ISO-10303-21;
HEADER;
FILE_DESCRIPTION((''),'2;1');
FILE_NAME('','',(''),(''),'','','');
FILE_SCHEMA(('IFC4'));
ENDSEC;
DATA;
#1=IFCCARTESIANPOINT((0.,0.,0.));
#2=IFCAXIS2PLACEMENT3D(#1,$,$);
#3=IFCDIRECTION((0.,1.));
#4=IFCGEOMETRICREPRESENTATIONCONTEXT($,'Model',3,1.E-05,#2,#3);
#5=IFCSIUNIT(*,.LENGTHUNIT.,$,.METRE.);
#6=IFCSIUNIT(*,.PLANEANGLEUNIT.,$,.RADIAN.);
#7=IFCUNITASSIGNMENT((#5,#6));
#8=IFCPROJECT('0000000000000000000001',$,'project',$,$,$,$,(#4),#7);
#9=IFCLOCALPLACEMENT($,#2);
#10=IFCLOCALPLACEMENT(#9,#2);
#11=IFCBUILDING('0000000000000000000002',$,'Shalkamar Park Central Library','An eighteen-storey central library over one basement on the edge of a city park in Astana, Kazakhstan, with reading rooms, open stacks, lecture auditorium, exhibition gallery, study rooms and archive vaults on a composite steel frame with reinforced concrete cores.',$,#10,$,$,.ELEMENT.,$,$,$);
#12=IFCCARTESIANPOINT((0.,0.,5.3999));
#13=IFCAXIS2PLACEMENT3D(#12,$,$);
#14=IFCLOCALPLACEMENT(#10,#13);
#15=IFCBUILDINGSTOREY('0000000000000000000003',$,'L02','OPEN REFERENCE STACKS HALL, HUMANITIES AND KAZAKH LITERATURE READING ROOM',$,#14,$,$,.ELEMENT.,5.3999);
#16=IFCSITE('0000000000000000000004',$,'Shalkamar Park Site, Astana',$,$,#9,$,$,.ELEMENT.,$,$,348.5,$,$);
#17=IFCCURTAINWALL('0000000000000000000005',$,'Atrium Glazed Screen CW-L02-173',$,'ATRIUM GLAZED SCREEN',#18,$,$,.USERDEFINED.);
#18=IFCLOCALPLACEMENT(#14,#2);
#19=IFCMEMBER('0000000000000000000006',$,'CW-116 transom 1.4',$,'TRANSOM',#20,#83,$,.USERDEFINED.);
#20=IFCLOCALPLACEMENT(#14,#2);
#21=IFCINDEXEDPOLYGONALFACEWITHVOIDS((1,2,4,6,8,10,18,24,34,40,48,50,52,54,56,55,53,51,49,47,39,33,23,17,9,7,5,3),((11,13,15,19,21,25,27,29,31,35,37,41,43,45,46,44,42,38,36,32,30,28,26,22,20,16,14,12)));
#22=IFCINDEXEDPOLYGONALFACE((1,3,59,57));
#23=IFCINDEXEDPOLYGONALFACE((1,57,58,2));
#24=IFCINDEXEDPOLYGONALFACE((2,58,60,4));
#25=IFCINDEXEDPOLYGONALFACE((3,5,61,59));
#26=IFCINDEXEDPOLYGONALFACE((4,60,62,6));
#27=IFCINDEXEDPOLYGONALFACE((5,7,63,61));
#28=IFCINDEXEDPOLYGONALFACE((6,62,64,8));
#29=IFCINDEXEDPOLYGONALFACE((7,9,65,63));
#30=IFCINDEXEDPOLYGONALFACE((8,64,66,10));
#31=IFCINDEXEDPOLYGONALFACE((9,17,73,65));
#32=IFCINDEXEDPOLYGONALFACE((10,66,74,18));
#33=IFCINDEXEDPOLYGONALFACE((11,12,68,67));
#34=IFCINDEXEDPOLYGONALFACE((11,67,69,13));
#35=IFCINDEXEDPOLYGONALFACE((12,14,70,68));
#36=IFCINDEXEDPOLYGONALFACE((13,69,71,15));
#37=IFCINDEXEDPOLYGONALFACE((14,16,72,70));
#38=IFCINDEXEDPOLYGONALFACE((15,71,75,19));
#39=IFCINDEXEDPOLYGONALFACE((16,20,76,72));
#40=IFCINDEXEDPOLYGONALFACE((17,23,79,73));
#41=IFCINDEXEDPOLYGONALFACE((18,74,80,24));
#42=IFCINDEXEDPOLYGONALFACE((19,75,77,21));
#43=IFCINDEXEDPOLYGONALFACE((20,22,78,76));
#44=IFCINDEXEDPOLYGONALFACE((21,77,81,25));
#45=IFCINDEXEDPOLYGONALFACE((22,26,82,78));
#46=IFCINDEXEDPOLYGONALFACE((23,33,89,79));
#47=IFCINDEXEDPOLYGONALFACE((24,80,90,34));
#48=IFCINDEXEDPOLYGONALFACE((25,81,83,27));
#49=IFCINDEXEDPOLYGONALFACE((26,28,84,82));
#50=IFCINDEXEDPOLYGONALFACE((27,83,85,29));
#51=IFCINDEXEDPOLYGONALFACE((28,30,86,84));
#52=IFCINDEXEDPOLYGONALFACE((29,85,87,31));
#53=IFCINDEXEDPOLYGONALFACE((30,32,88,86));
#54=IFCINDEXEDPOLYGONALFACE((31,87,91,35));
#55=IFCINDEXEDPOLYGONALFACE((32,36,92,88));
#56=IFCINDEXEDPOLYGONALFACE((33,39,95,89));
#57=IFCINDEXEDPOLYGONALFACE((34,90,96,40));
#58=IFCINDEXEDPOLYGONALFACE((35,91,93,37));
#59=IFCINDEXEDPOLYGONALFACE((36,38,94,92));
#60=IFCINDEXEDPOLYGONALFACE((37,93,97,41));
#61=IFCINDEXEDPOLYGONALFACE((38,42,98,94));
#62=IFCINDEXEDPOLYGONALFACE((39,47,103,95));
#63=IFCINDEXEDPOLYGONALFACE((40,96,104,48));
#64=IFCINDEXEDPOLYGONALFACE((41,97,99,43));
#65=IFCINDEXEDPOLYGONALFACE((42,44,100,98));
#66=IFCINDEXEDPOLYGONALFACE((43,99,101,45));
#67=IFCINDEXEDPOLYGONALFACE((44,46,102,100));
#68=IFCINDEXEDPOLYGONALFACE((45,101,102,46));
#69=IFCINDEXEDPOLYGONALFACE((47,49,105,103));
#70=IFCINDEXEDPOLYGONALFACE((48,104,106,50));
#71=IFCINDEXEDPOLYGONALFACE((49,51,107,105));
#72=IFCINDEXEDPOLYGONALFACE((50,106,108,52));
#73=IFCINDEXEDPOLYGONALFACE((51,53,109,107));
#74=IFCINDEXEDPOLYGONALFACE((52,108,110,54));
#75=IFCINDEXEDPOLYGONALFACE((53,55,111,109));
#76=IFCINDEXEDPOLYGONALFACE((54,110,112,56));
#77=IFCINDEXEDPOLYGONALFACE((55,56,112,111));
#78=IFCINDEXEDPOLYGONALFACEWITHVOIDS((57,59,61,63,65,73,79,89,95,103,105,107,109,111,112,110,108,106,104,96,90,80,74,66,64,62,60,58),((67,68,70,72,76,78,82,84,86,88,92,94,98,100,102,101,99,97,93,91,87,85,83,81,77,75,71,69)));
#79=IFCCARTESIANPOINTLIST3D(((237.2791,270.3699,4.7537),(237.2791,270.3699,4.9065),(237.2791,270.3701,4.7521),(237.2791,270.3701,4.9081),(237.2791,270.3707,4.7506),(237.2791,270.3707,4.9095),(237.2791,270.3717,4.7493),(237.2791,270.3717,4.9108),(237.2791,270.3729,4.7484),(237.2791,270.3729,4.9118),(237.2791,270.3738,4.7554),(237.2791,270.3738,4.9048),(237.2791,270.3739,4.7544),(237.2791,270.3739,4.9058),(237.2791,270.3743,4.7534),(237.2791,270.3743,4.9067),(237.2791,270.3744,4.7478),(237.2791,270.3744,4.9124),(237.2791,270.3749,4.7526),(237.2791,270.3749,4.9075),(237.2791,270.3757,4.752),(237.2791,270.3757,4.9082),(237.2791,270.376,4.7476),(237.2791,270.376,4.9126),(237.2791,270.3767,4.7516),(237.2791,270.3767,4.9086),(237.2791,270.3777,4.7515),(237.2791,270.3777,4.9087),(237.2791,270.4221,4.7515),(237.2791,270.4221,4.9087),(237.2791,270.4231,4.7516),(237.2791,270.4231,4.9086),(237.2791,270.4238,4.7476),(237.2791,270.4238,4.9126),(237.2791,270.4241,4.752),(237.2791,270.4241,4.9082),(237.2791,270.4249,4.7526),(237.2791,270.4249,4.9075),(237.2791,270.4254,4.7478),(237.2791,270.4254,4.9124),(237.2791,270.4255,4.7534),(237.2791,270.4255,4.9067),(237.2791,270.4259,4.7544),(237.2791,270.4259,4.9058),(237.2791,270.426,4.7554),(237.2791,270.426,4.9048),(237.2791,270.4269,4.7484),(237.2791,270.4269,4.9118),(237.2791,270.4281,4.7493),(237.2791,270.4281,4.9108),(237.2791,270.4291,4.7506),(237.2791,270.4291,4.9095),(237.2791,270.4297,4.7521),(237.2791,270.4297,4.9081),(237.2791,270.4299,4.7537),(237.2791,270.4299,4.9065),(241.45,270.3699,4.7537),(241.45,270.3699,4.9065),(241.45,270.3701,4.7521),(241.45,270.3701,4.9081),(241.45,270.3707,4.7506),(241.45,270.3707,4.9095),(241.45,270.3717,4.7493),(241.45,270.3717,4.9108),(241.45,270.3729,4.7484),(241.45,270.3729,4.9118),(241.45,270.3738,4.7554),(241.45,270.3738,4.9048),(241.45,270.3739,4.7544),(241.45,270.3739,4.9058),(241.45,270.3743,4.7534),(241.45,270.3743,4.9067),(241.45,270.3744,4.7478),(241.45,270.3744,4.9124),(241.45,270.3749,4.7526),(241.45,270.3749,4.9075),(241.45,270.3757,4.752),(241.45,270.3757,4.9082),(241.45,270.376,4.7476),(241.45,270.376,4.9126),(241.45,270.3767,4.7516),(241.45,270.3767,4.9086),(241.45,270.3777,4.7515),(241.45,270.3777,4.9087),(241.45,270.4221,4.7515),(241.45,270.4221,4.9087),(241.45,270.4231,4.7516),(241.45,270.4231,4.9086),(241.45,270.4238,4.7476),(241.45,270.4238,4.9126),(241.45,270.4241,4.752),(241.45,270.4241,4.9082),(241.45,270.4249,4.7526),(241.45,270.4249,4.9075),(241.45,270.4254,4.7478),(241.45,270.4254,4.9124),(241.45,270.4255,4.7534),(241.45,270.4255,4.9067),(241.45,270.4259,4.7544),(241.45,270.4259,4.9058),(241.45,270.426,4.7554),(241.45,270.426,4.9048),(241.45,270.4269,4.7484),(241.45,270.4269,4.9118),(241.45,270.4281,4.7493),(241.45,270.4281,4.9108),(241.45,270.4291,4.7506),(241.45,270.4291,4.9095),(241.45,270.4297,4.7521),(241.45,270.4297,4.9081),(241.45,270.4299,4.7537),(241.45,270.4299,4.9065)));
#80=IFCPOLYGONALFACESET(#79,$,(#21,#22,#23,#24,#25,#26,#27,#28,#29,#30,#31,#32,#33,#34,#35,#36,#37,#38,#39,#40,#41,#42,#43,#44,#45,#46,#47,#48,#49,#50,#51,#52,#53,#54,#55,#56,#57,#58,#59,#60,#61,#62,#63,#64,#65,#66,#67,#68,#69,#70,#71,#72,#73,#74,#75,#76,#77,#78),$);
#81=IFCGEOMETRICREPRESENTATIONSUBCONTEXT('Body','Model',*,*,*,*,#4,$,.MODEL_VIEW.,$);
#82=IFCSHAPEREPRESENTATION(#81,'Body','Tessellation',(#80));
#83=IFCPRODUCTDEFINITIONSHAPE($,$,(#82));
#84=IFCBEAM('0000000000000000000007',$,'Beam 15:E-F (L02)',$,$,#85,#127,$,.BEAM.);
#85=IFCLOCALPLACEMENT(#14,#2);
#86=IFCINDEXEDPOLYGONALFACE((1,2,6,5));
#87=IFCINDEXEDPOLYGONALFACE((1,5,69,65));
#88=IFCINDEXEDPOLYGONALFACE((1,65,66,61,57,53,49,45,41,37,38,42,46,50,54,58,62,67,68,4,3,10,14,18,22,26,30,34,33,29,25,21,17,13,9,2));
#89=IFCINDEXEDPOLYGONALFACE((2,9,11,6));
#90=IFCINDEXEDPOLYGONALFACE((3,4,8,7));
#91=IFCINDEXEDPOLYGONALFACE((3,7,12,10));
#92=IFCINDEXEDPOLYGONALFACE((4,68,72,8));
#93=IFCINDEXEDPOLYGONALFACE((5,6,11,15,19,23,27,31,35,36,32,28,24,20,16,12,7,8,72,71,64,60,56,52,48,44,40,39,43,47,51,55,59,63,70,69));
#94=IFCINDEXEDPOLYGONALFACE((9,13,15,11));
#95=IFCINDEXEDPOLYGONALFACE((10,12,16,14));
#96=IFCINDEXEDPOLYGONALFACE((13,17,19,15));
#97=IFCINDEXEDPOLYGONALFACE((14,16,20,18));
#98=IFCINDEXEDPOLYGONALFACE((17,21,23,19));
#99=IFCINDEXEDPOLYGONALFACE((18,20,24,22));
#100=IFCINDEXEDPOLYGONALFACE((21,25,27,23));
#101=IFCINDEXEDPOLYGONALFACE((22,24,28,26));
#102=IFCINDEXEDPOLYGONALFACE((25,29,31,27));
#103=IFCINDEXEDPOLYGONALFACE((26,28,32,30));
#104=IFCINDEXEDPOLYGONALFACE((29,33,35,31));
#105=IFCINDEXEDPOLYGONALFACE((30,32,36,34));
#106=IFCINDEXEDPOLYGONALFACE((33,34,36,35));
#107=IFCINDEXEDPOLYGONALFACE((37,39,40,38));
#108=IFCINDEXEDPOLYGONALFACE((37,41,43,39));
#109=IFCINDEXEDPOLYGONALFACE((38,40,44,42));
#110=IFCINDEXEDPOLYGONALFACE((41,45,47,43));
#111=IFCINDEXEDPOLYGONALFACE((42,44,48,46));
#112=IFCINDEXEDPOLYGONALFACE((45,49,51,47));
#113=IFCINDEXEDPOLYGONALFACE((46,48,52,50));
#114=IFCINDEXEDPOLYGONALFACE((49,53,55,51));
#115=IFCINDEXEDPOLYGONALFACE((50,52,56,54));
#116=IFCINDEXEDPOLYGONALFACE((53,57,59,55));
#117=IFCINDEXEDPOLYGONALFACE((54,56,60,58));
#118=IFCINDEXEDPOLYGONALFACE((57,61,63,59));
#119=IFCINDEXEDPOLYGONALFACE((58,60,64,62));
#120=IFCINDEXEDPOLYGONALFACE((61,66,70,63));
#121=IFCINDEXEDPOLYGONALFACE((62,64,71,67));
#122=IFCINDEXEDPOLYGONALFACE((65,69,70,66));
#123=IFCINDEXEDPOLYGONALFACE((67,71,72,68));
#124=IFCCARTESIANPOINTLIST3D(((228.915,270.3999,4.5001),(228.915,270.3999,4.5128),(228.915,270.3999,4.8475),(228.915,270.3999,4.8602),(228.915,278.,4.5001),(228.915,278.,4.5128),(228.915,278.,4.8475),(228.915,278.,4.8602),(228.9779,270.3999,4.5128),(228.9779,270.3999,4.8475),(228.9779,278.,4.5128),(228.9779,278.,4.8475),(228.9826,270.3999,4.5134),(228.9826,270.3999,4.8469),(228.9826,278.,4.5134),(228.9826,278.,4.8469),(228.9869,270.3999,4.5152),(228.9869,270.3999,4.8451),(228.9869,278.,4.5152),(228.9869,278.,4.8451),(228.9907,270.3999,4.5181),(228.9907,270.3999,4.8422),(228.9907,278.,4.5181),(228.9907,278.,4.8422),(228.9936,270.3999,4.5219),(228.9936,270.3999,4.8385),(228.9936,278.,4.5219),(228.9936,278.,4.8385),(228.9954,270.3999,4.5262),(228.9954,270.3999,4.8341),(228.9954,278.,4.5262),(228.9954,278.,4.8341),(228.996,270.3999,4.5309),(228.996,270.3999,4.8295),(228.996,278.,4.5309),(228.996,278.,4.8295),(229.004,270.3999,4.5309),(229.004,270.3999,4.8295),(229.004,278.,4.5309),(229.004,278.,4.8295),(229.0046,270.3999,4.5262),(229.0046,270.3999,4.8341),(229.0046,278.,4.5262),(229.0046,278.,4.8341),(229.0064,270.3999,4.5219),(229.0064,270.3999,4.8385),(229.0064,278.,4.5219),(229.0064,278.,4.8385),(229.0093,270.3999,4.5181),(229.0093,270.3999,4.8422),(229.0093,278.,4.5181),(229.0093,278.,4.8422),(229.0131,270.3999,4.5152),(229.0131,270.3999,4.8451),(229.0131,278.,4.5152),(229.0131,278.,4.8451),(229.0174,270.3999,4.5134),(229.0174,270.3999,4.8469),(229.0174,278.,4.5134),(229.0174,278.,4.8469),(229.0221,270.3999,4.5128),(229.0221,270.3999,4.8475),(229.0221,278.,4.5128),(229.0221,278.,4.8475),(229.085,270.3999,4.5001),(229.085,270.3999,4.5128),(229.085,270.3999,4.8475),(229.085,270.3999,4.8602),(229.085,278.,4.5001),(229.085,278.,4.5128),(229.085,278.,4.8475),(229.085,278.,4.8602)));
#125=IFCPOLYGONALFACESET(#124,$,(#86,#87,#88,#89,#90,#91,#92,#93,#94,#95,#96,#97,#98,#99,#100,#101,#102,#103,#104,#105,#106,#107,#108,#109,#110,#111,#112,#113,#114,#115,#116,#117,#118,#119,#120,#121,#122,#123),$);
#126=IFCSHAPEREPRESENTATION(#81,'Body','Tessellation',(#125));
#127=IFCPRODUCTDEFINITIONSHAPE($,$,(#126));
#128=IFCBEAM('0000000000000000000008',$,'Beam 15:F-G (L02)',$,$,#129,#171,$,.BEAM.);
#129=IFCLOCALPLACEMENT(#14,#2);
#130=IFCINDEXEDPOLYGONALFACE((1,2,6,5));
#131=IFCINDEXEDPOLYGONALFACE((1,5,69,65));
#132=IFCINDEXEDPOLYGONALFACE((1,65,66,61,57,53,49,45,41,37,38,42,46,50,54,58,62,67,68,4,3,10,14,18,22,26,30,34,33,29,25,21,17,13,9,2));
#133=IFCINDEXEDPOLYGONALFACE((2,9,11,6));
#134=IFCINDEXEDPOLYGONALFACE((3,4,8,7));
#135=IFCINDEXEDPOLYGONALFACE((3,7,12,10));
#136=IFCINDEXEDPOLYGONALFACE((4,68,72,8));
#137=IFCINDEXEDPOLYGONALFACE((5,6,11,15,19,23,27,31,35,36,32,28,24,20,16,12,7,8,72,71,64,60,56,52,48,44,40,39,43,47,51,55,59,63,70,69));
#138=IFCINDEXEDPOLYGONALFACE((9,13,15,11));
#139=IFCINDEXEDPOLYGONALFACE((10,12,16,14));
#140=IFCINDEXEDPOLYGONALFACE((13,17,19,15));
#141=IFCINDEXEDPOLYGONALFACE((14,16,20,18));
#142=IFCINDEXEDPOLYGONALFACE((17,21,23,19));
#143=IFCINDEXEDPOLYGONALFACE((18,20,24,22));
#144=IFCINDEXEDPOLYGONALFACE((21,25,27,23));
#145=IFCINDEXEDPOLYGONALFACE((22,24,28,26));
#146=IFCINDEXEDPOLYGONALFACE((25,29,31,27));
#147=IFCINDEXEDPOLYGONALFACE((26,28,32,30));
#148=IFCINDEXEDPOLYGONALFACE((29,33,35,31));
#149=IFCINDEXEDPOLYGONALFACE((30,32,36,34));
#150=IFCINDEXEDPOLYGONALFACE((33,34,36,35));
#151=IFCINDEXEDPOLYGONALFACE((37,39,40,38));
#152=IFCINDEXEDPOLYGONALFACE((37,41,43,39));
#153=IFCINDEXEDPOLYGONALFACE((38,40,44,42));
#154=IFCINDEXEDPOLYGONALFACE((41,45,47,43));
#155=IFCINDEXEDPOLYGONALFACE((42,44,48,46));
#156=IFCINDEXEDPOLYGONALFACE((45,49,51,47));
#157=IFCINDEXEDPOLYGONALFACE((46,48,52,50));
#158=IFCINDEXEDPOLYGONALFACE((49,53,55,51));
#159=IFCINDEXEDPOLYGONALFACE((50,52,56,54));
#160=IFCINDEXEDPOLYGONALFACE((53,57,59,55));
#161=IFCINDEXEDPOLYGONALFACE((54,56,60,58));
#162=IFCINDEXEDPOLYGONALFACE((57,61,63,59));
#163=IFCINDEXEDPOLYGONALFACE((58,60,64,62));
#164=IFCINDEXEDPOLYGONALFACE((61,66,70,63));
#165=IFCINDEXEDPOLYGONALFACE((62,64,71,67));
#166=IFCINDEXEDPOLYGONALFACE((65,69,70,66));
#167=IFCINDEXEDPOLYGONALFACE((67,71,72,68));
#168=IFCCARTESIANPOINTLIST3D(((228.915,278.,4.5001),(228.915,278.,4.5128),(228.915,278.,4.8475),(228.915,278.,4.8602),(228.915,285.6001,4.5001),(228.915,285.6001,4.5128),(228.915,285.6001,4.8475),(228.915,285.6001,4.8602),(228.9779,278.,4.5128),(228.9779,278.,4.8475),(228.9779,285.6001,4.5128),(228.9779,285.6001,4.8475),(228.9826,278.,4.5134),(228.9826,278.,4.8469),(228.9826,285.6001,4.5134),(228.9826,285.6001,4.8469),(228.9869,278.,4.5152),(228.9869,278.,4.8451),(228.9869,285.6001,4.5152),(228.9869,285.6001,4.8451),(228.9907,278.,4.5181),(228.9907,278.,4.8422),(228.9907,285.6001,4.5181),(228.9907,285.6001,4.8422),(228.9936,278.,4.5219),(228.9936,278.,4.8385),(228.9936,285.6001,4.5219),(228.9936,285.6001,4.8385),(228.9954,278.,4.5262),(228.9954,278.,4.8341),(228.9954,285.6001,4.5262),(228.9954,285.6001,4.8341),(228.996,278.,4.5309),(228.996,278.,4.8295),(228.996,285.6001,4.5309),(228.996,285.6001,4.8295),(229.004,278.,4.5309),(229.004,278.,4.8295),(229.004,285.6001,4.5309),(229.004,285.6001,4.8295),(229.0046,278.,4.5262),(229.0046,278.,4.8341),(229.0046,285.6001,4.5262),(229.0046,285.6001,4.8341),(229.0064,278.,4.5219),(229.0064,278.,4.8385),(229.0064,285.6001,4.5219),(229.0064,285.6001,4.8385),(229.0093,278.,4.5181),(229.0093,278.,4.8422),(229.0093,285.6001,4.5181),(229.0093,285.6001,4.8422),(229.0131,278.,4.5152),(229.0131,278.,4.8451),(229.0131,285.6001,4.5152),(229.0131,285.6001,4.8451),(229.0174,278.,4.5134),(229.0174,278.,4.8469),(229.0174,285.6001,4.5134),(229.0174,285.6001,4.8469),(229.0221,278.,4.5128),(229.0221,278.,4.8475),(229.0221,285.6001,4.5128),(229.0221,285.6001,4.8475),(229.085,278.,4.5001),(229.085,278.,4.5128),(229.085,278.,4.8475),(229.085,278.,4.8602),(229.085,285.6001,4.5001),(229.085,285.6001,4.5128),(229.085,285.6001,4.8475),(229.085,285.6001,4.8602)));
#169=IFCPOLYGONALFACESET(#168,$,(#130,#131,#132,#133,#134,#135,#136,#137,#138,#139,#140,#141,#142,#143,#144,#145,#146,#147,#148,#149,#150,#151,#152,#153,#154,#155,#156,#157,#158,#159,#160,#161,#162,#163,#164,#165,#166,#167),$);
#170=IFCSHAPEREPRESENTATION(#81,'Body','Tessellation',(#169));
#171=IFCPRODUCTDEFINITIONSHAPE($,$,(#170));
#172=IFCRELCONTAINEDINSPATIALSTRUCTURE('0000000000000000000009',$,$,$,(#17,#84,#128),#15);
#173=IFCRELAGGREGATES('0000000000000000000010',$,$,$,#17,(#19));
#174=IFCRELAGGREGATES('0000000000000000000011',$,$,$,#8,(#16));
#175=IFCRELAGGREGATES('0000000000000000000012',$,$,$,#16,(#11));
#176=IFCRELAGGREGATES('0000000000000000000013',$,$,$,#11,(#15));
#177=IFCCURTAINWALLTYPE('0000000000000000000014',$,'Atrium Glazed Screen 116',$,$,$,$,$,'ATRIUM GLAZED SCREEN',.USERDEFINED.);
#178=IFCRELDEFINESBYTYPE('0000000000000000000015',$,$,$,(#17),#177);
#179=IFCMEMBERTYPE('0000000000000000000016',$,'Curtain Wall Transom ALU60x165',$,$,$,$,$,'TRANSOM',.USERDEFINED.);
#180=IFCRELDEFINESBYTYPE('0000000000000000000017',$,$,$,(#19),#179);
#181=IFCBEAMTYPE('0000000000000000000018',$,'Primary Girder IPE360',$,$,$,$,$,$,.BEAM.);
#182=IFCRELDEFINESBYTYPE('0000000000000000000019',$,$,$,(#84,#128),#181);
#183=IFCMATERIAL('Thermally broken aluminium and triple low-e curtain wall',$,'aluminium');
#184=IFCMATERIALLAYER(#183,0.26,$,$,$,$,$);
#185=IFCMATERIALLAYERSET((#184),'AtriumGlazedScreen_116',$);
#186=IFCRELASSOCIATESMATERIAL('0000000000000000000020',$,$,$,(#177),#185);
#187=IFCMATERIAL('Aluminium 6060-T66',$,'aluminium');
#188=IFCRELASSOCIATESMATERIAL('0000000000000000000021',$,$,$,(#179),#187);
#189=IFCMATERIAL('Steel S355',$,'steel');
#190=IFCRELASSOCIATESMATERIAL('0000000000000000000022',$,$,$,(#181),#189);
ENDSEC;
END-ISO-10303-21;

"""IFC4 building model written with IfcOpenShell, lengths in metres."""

from ifc_helpers import new_model, si_unit, direction, frame, origin, origin_2d, place, context, subcontext, project, spatial, hollow_rectangle, i_section, extrude, material, layer, layer_set, material_profile, profile_set, type_object, element, aggregate, save


model = new_model("IFC4")

# Units and contexts
model_context = context("Model", 3, precision=1e-05, world=origin(), true_north=direction((0.0, 1.0)))
body_context = subcontext(model_context, "Body", "Model", "MODEL_VIEW")
ifc_project = project(units=[si_unit("LENGTHUNIT", "METRE"), si_unit("PLANEANGLEUNIT", "RADIAN")], contexts=[model_context])

# Site, building, storey
site_placement = place(None, origin())
site = spatial("IfcSite", under=ifc_project, at=site_placement, Name="Shalkamar Park Site, Astana", CompositionType="ELEMENT", RefElevation=348.5)
building_placement = place(site_placement, origin())
building = spatial("IfcBuilding", under=site, at=building_placement, Name="Shalkamar Park Central Library", Description="An eighteen-storey central library over one basement on the edge of a city park in Astana, Kazakhstan, with reading rooms, open stacks, lecture auditorium, exhibition gallery, study rooms and archive vaults on a composite steel frame with reinforced concrete cores.", CompositionType="ELEMENT")
storey_placement = place(building_placement, frame((0.0, 0.0, 5.3999)))
storey = spatial("IfcBuildingStorey", under=building, at=storey_placement, Name="L02", Description="OPEN REFERENCE STACKS HALL, HUMANITIES AND KAZAKH LITERATURE READING ROOM", CompositionType="ELEMENT", Elevation=5.3999)

# Shared definitions
ifc_material_1 = material(Name="Steel S355", Category="steel")

# Shared definitions
ifc_material_2 = material(Name="Thermally broken aluminium and triple low-e curtain wall", Category="aluminium")
ifc_material_3 = material(Name="Aluminium 6060-T66", Category="aluminium")

# Curtain wall
ifc_layer_1 = layer(ifc_material_2, 0.26)
ifc_layer_set_1 = layer_set([ifc_layer_1], Name="AtriumGlazedScreen_116")
curtain_wall_type_1 = type_object("IfcCurtainWallType", Name="Atrium Glazed Screen 116", ElementType="ATRIUM GLAZED SCREEN", PredefinedType="USERDEFINED", material=ifc_layer_set_1)
curtain_wall_1_placement = place(storey_placement, origin())
curtain_wall_1 = element("IfcCurtainWall", 1, at=curtain_wall_1_placement, inside=storey, type_object=curtain_wall_type_1, Name="Atrium Glazed Screen CW-L02-173", ObjectType="ATRIUM GLAZED SCREEN", PredefinedType="USERDEFINED")

# Member
ifc_material_profile_1 = material_profile(ifc_material_3, hollow_rectangle(XDim=0.0601, YDim=0.165, WallThickness=0.0039, InnerFilletRadius=0.0039, OuterFilletRadius=0.0061, at=origin_2d()), Name="ALU 60x165x4")
ifc_profile_set_1 = profile_set([ifc_material_profile_1], Name="Aluminium 6060-T66")
member_type_1 = type_object("IfcMemberType", Name="Curtain Wall Transom ALU60x165", ElementType="TRANSOM", PredefinedType="USERDEFINED", material=ifc_profile_set_1)
member_1_placement = place(storey_placement, frame((237.2791, 270.3999, 4.8301), z_axis=(1.0, 0.0, 0.0), x_axis=(0.0, 1.0, 0.0)))
member_1 = element("IfcMember", 2, at=member_1_placement, type_object=member_type_1, Name="CW-116 transom 1.4", ObjectType="TRANSOM", PredefinedType="USERDEFINED", context=body_context, shape_type="SweptSolid", body=[
    extrude(hollow_rectangle(XDim=0.0601, YDim=0.165, WallThickness=0.0039, InnerFilletRadius=0.0039, OuterFilletRadius=0.0061, at=origin_2d()), origin(), (0.0, 0.0, 1.0), 4.1709),
])

# Beams
ifc_material_profile_2 = material_profile(ifc_material_1, i_section(OverallWidth=0.1699, OverallDepth=0.3601, WebThickness=0.0081, FlangeThickness=0.0127, FilletRadius=0.0181, at=origin_2d()), Name="IPE 360")
ifc_profile_set_2 = profile_set([ifc_material_profile_2], Name="Steel S355")
beam_type_1 = type_object("IfcBeamType", Name="Primary Girder IPE360", PredefinedType="BEAM", material=ifc_profile_set_2)
for number, where, z_axis, x_axis, name in (
    (3, (229.0, 270.3999, 4.6802), (0.0, 1.0, 0.0), (-1.0, 0.0, 0.0), "Beam 15:E-F (L02)"),
    (4, (229.0, 278.0, 4.6802), (0.0, 1.0, 0.0), (-1.0, 0.0, 0.0), "Beam 15:F-G (L02)"),
):
    element("IfcBeam", number, at=place(storey_placement, frame(where, z_axis=z_axis, x_axis=x_axis)), inside=storey, type_object=beam_type_1, Name=name, PredefinedType="BEAM", context=body_context, shape_type="SweptSolid", body=[
        extrude(i_section(OverallWidth=0.1699, OverallDepth=0.3601, WebThickness=0.0081, FlangeThickness=0.0127, FilletRadius=0.0181, at=origin_2d()), origin(), (0.0, 0.0, 1.0), 7.6001),
    ])

aggregate(curtain_wall_1, [member_1])

save(model, "model.ifc")
